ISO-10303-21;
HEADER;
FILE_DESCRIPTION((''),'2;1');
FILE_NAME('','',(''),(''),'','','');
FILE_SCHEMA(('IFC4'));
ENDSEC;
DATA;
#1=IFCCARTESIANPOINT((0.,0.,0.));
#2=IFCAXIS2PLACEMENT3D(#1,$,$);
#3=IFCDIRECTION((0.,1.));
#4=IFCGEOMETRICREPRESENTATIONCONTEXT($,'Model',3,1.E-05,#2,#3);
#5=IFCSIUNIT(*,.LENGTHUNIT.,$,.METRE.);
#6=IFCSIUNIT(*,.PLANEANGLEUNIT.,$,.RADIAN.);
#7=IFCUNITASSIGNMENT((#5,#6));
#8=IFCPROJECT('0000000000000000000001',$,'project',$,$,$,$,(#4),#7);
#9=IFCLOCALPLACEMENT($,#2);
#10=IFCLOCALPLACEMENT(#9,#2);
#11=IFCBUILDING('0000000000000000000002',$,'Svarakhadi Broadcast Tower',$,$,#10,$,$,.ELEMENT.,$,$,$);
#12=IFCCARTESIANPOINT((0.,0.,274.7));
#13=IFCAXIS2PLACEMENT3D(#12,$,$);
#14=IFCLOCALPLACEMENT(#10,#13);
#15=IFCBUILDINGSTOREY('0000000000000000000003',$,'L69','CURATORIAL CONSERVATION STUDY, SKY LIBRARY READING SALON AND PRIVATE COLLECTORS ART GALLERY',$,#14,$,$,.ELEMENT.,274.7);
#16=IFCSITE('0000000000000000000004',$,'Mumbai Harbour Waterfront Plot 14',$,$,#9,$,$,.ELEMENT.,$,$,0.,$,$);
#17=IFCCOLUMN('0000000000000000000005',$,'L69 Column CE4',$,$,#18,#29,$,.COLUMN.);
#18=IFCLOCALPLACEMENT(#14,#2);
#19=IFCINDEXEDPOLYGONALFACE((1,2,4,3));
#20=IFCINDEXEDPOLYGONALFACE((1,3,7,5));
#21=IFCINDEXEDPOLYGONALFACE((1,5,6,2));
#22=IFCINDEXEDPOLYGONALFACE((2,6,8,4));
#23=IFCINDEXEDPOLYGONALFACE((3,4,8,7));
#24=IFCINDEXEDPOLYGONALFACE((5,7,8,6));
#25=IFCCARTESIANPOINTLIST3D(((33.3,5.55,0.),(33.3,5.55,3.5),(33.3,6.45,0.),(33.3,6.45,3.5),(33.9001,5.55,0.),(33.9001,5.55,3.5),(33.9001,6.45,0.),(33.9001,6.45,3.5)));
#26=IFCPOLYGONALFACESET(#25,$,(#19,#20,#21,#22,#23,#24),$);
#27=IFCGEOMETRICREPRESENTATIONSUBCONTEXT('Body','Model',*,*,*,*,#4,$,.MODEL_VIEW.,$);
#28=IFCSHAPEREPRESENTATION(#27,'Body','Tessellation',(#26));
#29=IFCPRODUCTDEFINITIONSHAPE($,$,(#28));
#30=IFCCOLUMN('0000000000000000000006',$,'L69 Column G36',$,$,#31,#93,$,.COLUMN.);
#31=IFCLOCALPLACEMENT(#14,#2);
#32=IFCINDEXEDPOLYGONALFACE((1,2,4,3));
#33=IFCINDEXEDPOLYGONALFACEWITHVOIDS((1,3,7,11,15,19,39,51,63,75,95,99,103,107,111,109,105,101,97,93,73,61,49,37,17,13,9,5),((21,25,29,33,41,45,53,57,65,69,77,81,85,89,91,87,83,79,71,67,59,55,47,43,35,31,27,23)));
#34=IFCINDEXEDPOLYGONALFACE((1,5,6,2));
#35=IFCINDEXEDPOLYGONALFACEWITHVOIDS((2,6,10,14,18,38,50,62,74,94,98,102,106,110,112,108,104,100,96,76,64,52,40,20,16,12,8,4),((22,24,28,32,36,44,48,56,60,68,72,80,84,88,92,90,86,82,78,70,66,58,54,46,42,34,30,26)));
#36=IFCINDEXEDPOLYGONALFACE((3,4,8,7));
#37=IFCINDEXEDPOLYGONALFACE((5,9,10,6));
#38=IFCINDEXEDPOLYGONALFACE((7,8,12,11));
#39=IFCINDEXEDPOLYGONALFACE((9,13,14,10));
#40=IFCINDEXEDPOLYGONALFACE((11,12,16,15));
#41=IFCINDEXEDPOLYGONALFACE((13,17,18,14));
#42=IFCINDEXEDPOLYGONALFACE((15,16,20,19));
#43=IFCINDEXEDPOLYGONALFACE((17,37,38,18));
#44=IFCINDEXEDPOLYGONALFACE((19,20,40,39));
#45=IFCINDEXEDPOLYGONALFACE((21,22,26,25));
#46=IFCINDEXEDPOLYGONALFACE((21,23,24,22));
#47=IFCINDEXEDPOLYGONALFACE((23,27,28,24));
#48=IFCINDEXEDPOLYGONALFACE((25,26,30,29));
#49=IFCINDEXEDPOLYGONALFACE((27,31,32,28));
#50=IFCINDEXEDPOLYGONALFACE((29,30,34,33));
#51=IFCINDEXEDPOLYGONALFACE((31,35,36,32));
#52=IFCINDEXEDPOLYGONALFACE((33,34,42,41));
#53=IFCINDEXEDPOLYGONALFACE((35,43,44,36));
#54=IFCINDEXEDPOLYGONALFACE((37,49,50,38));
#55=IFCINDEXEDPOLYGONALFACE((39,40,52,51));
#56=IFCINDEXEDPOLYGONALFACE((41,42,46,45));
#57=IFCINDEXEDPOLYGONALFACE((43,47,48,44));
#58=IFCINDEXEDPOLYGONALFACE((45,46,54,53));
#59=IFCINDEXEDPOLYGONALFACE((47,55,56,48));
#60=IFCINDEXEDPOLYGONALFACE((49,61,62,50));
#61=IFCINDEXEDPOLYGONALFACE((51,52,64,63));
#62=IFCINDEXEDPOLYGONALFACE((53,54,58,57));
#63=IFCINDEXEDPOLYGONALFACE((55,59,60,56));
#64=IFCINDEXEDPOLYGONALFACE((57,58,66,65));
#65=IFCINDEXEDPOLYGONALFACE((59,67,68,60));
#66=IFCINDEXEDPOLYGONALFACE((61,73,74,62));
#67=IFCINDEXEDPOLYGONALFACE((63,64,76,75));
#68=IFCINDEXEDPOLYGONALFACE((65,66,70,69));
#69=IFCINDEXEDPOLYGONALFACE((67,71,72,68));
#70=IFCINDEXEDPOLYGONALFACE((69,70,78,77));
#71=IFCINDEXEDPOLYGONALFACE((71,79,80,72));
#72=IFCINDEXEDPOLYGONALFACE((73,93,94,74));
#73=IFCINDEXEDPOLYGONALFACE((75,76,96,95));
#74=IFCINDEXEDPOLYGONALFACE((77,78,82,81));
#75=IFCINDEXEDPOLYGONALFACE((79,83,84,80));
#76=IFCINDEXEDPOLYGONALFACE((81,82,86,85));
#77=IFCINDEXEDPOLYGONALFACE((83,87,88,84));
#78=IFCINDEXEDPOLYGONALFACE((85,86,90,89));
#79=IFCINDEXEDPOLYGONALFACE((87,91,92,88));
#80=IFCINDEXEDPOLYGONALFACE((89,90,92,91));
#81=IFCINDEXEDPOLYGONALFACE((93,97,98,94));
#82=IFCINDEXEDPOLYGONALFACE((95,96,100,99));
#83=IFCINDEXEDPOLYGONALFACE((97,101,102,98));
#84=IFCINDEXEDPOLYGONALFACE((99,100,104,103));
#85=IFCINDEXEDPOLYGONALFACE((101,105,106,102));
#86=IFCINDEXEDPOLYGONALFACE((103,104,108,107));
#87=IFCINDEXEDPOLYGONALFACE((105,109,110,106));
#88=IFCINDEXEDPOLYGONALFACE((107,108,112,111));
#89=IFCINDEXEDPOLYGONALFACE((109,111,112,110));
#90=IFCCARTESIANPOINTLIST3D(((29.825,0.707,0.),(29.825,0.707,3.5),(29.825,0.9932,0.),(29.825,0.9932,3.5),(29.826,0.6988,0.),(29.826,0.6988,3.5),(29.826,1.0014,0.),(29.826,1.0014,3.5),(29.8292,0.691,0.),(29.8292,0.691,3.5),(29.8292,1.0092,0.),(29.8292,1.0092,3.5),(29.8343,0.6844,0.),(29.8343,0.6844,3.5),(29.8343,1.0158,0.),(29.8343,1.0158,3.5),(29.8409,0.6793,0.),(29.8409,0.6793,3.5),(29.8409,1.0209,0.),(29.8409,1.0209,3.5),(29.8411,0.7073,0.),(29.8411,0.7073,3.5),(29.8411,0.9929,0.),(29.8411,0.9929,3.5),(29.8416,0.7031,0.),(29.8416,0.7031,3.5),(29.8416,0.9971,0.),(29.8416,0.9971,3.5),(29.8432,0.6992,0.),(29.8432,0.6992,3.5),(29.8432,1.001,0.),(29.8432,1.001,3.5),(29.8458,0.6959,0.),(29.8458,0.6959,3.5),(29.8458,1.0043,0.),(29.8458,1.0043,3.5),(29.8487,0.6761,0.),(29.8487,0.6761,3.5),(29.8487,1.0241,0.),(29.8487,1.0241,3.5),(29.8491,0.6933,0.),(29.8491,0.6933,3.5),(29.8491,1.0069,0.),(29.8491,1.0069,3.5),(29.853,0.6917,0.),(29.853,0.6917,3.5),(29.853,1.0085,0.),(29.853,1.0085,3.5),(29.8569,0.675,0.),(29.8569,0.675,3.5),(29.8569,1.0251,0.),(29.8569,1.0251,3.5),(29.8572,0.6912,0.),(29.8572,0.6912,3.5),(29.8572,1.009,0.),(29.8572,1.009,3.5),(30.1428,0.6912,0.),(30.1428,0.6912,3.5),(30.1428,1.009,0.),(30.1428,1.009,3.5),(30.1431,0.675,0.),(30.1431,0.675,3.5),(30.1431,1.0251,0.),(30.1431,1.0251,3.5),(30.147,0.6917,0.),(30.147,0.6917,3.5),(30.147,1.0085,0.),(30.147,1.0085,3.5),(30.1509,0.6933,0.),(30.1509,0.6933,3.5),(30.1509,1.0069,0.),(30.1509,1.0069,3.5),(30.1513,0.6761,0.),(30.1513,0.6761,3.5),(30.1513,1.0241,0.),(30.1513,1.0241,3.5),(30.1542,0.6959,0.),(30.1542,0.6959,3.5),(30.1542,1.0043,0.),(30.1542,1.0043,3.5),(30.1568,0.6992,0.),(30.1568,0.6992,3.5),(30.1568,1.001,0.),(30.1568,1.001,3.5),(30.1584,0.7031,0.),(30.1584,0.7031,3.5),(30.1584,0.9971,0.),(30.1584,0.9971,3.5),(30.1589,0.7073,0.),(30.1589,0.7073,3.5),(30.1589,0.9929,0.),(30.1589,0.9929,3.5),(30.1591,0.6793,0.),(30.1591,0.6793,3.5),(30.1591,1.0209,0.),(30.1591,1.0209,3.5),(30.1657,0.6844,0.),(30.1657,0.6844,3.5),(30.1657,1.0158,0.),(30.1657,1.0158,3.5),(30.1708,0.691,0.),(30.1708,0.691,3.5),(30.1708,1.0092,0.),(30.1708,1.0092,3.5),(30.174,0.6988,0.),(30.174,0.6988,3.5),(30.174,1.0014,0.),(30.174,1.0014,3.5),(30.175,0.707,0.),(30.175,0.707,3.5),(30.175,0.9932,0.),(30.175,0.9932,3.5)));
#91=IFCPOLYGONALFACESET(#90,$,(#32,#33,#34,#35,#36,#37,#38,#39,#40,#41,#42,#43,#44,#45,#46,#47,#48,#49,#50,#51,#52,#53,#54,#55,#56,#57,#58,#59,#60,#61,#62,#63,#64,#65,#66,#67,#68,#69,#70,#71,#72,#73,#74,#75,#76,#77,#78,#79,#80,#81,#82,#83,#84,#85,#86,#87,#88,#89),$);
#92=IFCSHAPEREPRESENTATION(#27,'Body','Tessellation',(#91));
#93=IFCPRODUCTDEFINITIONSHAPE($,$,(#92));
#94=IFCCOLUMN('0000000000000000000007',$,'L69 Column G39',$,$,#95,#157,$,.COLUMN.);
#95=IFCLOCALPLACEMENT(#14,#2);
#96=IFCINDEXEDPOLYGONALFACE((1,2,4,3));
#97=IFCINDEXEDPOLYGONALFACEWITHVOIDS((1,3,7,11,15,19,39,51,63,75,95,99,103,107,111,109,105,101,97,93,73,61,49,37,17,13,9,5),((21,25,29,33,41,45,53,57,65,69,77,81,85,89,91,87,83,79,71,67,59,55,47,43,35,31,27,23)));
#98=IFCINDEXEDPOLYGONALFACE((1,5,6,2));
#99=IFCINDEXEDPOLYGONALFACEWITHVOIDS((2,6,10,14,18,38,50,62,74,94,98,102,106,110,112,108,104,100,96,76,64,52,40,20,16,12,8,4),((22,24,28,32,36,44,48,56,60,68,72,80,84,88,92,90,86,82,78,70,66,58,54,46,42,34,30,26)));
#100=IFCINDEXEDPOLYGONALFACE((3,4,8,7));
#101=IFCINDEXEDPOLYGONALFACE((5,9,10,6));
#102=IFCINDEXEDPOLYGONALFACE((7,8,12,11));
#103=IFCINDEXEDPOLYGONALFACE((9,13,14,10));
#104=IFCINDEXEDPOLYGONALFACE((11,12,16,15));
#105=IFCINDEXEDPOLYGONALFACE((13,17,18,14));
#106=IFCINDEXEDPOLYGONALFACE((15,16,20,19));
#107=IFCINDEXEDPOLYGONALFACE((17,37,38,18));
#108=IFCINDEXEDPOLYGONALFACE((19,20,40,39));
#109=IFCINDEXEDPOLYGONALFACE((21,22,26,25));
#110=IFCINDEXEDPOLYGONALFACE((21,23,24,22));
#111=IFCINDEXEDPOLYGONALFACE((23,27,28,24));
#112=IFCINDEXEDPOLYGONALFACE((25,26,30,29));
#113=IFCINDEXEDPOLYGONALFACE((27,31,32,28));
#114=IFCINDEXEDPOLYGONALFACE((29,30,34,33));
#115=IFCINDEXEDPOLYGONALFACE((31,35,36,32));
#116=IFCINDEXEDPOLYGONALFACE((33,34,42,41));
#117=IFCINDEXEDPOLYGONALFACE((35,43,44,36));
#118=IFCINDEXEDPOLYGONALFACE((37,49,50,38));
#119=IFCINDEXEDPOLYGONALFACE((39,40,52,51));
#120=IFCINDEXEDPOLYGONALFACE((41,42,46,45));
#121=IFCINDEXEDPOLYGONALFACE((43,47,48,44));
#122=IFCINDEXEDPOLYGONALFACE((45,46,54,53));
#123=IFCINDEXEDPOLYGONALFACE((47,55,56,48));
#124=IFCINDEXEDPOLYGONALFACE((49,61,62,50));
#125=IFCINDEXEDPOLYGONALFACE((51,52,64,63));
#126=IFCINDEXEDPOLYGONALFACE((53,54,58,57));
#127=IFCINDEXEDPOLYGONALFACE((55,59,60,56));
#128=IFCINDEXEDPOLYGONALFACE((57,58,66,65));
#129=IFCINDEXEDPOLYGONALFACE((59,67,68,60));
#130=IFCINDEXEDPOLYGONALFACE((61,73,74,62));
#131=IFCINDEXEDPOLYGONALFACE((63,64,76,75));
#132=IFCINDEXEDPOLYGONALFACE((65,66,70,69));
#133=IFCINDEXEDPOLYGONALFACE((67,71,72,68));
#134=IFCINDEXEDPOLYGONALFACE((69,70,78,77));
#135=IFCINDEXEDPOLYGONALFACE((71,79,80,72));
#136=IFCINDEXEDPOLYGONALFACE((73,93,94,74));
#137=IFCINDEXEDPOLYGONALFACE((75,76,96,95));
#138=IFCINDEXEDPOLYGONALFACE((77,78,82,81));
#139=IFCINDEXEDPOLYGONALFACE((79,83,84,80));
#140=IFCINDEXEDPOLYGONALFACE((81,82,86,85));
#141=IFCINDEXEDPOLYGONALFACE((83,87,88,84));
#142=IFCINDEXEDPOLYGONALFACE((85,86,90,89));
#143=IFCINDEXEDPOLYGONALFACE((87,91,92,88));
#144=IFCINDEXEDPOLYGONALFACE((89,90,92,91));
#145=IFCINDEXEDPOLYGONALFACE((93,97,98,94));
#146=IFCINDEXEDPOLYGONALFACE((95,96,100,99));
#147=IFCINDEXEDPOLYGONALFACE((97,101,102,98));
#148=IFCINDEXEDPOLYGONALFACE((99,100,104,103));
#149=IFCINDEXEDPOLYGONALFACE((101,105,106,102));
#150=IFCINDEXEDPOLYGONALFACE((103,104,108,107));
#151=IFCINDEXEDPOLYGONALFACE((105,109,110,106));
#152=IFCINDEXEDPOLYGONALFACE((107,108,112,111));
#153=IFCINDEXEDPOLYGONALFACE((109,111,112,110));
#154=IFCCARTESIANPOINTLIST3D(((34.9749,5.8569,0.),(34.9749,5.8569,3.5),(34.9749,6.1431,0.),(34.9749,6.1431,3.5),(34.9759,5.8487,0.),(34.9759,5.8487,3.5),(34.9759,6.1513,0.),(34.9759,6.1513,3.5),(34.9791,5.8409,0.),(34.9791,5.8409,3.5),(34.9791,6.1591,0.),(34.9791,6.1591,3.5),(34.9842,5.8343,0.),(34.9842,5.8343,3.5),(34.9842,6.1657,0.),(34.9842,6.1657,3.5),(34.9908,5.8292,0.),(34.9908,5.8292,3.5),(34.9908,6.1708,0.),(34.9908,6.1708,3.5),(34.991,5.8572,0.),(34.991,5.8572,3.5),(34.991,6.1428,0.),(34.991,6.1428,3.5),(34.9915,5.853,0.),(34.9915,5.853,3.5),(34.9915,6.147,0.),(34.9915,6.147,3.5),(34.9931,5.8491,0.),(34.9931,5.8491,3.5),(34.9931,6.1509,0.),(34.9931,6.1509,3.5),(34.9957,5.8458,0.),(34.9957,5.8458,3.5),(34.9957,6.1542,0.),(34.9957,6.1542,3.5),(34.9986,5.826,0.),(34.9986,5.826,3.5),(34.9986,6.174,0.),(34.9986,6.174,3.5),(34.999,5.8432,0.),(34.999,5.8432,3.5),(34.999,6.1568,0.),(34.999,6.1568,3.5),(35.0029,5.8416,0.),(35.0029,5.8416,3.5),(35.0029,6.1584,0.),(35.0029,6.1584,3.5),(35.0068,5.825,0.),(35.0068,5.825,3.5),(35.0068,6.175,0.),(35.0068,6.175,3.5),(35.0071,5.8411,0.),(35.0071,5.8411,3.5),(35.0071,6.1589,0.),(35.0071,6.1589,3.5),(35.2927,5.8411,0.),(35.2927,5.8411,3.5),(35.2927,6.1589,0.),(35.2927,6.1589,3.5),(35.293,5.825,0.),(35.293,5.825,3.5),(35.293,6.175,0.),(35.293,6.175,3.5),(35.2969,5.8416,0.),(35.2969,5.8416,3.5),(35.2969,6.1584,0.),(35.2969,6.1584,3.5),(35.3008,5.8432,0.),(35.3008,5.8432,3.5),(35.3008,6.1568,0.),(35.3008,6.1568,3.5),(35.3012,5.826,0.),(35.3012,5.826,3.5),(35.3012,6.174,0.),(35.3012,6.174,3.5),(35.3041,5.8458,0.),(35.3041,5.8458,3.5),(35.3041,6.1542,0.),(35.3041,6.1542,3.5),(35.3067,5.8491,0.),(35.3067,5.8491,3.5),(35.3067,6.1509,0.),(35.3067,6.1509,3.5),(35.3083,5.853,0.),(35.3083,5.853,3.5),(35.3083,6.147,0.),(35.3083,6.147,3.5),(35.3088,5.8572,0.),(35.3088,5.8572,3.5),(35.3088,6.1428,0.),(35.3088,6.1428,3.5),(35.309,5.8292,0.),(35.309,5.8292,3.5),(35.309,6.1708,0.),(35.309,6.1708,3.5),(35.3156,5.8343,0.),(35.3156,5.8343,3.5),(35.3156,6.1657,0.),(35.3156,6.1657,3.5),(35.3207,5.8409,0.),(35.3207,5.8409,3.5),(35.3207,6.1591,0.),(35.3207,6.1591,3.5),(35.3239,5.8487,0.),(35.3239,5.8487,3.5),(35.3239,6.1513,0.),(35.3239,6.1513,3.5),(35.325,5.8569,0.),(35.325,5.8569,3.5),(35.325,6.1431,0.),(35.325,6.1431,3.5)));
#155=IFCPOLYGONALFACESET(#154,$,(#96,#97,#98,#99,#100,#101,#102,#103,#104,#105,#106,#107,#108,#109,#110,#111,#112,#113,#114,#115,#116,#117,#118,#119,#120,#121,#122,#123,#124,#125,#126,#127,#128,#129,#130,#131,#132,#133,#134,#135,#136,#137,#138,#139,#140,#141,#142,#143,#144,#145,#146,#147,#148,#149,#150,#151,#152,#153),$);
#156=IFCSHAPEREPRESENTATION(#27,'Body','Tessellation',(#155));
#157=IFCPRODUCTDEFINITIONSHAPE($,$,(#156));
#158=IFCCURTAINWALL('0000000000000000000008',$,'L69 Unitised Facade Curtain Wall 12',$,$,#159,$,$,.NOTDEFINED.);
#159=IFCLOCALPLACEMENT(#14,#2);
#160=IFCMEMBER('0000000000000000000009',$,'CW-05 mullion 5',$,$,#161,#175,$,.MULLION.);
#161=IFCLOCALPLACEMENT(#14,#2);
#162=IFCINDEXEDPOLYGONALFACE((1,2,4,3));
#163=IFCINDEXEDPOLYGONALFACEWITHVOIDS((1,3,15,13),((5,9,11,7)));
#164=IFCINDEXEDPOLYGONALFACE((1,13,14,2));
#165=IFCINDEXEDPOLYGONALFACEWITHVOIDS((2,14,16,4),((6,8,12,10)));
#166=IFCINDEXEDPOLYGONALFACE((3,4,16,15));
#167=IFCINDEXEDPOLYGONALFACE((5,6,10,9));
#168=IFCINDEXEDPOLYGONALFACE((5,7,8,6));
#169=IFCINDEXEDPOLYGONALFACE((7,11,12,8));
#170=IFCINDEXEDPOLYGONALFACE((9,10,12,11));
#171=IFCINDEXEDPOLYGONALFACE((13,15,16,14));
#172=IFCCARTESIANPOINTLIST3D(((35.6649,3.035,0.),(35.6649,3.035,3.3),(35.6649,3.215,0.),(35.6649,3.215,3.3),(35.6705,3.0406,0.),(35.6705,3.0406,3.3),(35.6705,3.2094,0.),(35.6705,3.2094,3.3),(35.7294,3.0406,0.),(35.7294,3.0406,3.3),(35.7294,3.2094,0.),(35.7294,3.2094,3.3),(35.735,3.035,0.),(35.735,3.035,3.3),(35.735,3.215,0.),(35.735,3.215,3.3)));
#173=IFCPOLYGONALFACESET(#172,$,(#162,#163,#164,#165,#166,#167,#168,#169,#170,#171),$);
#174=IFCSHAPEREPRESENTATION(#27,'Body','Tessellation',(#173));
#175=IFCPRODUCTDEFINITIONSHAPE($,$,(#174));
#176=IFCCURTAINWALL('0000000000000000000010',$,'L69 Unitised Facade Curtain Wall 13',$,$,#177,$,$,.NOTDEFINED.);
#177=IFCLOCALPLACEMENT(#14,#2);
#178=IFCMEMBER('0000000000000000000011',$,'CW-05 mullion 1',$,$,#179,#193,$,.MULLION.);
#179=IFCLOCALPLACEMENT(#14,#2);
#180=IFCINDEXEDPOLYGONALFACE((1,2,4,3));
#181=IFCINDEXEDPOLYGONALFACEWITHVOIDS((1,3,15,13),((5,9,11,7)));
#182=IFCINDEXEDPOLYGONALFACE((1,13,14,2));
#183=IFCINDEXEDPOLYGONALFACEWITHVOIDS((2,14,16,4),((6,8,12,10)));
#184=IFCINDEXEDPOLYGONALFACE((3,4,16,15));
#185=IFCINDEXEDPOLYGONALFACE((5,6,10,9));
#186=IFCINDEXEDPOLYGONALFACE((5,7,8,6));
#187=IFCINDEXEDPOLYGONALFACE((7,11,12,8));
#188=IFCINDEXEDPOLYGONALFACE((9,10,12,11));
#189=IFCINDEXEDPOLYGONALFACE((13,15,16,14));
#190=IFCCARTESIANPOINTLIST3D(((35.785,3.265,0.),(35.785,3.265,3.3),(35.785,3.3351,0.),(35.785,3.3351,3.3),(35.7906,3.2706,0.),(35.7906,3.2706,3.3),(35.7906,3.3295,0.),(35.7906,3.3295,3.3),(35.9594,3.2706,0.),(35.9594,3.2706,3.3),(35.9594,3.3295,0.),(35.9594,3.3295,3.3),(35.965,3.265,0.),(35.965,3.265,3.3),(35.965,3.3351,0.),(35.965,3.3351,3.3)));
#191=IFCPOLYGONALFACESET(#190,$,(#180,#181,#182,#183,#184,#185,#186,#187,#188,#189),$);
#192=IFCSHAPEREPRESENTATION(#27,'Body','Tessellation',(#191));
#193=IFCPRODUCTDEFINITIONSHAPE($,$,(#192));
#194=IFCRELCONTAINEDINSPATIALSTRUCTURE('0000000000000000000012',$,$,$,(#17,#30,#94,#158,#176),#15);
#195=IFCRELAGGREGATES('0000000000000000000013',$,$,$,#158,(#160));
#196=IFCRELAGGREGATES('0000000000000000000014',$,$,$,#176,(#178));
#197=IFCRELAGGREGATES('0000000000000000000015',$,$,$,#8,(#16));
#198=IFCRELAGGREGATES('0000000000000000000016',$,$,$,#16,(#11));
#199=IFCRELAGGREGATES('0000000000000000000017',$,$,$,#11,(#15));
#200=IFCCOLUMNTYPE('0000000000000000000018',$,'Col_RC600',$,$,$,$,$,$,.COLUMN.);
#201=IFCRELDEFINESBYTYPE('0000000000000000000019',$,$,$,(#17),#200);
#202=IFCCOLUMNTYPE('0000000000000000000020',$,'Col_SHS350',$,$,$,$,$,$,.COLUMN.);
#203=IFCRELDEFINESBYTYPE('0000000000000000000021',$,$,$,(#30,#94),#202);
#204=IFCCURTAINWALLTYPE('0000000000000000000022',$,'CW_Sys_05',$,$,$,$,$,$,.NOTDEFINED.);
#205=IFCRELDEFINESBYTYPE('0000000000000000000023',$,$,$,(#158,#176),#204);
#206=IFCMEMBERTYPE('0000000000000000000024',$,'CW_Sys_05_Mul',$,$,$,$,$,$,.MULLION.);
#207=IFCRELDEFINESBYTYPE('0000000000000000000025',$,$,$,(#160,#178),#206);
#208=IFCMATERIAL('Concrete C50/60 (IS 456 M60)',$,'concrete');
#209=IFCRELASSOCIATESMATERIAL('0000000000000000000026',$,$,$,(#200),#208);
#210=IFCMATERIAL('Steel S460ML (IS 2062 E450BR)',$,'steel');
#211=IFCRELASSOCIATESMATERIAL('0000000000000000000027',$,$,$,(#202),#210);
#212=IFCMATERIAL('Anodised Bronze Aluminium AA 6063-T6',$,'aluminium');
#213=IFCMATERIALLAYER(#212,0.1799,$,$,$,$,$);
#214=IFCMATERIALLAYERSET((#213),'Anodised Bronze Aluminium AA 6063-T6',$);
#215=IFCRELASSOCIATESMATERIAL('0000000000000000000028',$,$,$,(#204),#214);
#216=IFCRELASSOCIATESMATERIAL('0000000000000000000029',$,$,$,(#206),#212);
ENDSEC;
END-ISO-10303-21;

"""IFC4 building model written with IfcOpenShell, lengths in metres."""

from ifc_helpers import new_model, si_unit, direction, frame, origin, origin_2d, place, context, subcontext, project, spatial, rectangle, hollow_rectangle, extrude, material, layer, layer_set, material_profile, profile_set, type_object, element, aggregate, save


model = new_model("IFC4")

# Units and contexts
model_context = context("Model", 3, precision=1e-05, world=origin(), true_north=direction((0.0, 1.0)))
body_context = subcontext(model_context, "Body", "Model", "MODEL_VIEW")
ifc_project = project(units=[si_unit("LENGTHUNIT", "METRE"), si_unit("PLANEANGLEUNIT", "RADIAN")], contexts=[model_context])

# Site, building, storey
site_placement = place(None, origin())
site = spatial("IfcSite", under=ifc_project, at=site_placement, Name="Mumbai Harbour Waterfront Plot 14", CompositionType="ELEMENT", RefElevation=0.0)
building_placement = place(site_placement, origin())
building = spatial("IfcBuilding", under=site, at=building_placement, Name="Svarakhadi Broadcast Tower", CompositionType="ELEMENT")
storey_placement = place(building_placement, frame((0.0, 0.0, 274.7)))
storey = spatial("IfcBuildingStorey", under=building, at=storey_placement, Name="L69", Description="CURATORIAL CONSERVATION STUDY, SKY LIBRARY READING SALON AND PRIVATE COLLECTORS ART GALLERY", CompositionType="ELEMENT", Elevation=274.7)

# Columns
ifc_material_1 = material(Name="Concrete C50/60 (IS 456 M60)", Category="concrete")
ifc_material_profile_1 = material_profile(ifc_material_1, rectangle(XDim=0.6001, YDim=0.8999, at=origin_2d()), Name="RC 600x900")
ifc_profile_set_1 = profile_set([ifc_material_profile_1], Name="Concrete C50/60 (IS 456 M60)")
column_type_1 = type_object("IfcColumnType", Name="Col_RC600", PredefinedType="COLUMN", material=ifc_profile_set_1)
column_placement = place(storey_placement, frame((33.6001, 6.0, 0.0), z_axis=(0.0, 0.0, 1.0), x_axis=(1.0, 0.0, 0.0)))
element("IfcColumn", 1, at=column_placement, inside=storey, type_object=column_type_1, Name="L69 Column CE4", PredefinedType="COLUMN", context=body_context, shape_type="SweptSolid", body=[
    extrude(rectangle(XDim=0.6001, YDim=0.8999, at=origin_2d()), origin(), (0.0, 0.0, 1.0), 3.5),
])
ifc_material_2 = material(Name="Steel S460ML (IS 2062 E450BR)", Category="steel")
ifc_material_profile_2 = material_profile(ifc_material_2, hollow_rectangle(XDim=0.3501, YDim=0.3501, WallThickness=0.0161, InnerFilletRadius=0.0161, OuterFilletRadius=0.032, at=origin_2d()), Name="SHS 350x350x16")
ifc_profile_set_2 = profile_set([ifc_material_profile_2], Name="Steel S460ML (IS 2062 E450BR)")
column_type_2 = type_object("IfcColumnType", Name="Col_SHS350", PredefinedType="COLUMN", material=ifc_profile_set_2)
for number, where, z_axis, x_axis, name in (
    (2, (30.0, 0.8501, 0.0), (0.0, 0.0, 1.0), (1.0, 0.0, 0.0), "L69 Column G36"),
    (3, (35.1499, 6.0, 0.0), (0.0, 0.0, 1.0), (1.0, 0.0, 0.0), "L69 Column G39"),
):
    element("IfcColumn", number, at=place(storey_placement, frame(where, z_axis=z_axis, x_axis=x_axis)), inside=storey, type_object=column_type_2, Name=name, PredefinedType="COLUMN", context=body_context, shape_type="SweptSolid", body=[
        extrude(hollow_rectangle(XDim=0.3501, YDim=0.3501, WallThickness=0.0161, InnerFilletRadius=0.0161, OuterFilletRadius=0.032, at=origin_2d()), origin(), (0.0, 0.0, 1.0), 3.5),
    ])

# Curtain wall, member
ifc_material_3 = material(Name="Anodised Bronze Aluminium AA 6063-T6", Category="aluminium")
ifc_layer_1 = layer(ifc_material_3, 0.1799)
ifc_layer_set_1 = layer_set([ifc_layer_1], Name="Anodised Bronze Aluminium AA 6063-T6")
curtain_wall_type = type_object("IfcCurtainWallType", Name="CW_Sys_05", PredefinedType="NOTDEFINED", material=ifc_layer_set_1)
curtain_wall_1_placement = place(storey_placement, origin())
curtain_wall_1 = element("IfcCurtainWall", 4, at=curtain_wall_1_placement, inside=storey, type_object=curtain_wall_type, Name="L69 Unitised Facade Curtain Wall 12", PredefinedType="NOTDEFINED")
ifc_material_profile_3 = material_profile(ifc_material_3, hollow_rectangle(XDim=0.0701, YDim=0.1799, WallThickness=0.0056, at=origin_2d()), Name="ALU MULLION 180x70x6")
ifc_profile_set_3 = profile_set([ifc_material_profile_3], Name="Anodised Bronze Aluminium AA 6063-T6")
member_type_1 = type_object("IfcMemberType", Name="CW_Sys_05_Mul", PredefinedType="MULLION", material=ifc_profile_set_3)
member_1_placement = place(storey_placement, frame((35.7, 3.125, 0.0), z_axis=(0.0, 0.0, 1.0), x_axis=(1.0, 0.0, 0.0)))
member_1 = element("IfcMember", 5, at=member_1_placement, type_object=member_type_1, Name="CW-05 mullion 5", PredefinedType="MULLION", context=body_context, shape_type="SweptSolid", body=[
    extrude(hollow_rectangle(XDim=0.0701, YDim=0.1799, WallThickness=0.0056, at=origin_2d()), origin(), (0.0, 0.0, 1.0), 3.3),
])

# Curtain wall, member
curtain_wall_2_placement = place(storey_placement, origin())
curtain_wall_2 = element("IfcCurtainWall", 6, at=curtain_wall_2_placement, inside=storey, type_object=curtain_wall_type, Name="L69 Unitised Facade Curtain Wall 13", PredefinedType="NOTDEFINED")
member_2_placement = place(storey_placement, frame((35.875, 3.3, 0.0), z_axis=(0.0, 0.0, 1.0), x_axis=(0.0, -1.0, 0.0)))
member_2 = element("IfcMember", 7, at=member_2_placement, type_object=member_type_1, Name="CW-05 mullion 1", PredefinedType="MULLION", context=body_context, shape_type="SweptSolid", body=[
    extrude(hollow_rectangle(XDim=0.0701, YDim=0.1799, WallThickness=0.0056, at=origin_2d()), origin(), (0.0, 0.0, 1.0), 3.3),
])

aggregate(curtain_wall_1, [member_1])
aggregate(curtain_wall_2, [member_2])

save(model, "model.ifc")
